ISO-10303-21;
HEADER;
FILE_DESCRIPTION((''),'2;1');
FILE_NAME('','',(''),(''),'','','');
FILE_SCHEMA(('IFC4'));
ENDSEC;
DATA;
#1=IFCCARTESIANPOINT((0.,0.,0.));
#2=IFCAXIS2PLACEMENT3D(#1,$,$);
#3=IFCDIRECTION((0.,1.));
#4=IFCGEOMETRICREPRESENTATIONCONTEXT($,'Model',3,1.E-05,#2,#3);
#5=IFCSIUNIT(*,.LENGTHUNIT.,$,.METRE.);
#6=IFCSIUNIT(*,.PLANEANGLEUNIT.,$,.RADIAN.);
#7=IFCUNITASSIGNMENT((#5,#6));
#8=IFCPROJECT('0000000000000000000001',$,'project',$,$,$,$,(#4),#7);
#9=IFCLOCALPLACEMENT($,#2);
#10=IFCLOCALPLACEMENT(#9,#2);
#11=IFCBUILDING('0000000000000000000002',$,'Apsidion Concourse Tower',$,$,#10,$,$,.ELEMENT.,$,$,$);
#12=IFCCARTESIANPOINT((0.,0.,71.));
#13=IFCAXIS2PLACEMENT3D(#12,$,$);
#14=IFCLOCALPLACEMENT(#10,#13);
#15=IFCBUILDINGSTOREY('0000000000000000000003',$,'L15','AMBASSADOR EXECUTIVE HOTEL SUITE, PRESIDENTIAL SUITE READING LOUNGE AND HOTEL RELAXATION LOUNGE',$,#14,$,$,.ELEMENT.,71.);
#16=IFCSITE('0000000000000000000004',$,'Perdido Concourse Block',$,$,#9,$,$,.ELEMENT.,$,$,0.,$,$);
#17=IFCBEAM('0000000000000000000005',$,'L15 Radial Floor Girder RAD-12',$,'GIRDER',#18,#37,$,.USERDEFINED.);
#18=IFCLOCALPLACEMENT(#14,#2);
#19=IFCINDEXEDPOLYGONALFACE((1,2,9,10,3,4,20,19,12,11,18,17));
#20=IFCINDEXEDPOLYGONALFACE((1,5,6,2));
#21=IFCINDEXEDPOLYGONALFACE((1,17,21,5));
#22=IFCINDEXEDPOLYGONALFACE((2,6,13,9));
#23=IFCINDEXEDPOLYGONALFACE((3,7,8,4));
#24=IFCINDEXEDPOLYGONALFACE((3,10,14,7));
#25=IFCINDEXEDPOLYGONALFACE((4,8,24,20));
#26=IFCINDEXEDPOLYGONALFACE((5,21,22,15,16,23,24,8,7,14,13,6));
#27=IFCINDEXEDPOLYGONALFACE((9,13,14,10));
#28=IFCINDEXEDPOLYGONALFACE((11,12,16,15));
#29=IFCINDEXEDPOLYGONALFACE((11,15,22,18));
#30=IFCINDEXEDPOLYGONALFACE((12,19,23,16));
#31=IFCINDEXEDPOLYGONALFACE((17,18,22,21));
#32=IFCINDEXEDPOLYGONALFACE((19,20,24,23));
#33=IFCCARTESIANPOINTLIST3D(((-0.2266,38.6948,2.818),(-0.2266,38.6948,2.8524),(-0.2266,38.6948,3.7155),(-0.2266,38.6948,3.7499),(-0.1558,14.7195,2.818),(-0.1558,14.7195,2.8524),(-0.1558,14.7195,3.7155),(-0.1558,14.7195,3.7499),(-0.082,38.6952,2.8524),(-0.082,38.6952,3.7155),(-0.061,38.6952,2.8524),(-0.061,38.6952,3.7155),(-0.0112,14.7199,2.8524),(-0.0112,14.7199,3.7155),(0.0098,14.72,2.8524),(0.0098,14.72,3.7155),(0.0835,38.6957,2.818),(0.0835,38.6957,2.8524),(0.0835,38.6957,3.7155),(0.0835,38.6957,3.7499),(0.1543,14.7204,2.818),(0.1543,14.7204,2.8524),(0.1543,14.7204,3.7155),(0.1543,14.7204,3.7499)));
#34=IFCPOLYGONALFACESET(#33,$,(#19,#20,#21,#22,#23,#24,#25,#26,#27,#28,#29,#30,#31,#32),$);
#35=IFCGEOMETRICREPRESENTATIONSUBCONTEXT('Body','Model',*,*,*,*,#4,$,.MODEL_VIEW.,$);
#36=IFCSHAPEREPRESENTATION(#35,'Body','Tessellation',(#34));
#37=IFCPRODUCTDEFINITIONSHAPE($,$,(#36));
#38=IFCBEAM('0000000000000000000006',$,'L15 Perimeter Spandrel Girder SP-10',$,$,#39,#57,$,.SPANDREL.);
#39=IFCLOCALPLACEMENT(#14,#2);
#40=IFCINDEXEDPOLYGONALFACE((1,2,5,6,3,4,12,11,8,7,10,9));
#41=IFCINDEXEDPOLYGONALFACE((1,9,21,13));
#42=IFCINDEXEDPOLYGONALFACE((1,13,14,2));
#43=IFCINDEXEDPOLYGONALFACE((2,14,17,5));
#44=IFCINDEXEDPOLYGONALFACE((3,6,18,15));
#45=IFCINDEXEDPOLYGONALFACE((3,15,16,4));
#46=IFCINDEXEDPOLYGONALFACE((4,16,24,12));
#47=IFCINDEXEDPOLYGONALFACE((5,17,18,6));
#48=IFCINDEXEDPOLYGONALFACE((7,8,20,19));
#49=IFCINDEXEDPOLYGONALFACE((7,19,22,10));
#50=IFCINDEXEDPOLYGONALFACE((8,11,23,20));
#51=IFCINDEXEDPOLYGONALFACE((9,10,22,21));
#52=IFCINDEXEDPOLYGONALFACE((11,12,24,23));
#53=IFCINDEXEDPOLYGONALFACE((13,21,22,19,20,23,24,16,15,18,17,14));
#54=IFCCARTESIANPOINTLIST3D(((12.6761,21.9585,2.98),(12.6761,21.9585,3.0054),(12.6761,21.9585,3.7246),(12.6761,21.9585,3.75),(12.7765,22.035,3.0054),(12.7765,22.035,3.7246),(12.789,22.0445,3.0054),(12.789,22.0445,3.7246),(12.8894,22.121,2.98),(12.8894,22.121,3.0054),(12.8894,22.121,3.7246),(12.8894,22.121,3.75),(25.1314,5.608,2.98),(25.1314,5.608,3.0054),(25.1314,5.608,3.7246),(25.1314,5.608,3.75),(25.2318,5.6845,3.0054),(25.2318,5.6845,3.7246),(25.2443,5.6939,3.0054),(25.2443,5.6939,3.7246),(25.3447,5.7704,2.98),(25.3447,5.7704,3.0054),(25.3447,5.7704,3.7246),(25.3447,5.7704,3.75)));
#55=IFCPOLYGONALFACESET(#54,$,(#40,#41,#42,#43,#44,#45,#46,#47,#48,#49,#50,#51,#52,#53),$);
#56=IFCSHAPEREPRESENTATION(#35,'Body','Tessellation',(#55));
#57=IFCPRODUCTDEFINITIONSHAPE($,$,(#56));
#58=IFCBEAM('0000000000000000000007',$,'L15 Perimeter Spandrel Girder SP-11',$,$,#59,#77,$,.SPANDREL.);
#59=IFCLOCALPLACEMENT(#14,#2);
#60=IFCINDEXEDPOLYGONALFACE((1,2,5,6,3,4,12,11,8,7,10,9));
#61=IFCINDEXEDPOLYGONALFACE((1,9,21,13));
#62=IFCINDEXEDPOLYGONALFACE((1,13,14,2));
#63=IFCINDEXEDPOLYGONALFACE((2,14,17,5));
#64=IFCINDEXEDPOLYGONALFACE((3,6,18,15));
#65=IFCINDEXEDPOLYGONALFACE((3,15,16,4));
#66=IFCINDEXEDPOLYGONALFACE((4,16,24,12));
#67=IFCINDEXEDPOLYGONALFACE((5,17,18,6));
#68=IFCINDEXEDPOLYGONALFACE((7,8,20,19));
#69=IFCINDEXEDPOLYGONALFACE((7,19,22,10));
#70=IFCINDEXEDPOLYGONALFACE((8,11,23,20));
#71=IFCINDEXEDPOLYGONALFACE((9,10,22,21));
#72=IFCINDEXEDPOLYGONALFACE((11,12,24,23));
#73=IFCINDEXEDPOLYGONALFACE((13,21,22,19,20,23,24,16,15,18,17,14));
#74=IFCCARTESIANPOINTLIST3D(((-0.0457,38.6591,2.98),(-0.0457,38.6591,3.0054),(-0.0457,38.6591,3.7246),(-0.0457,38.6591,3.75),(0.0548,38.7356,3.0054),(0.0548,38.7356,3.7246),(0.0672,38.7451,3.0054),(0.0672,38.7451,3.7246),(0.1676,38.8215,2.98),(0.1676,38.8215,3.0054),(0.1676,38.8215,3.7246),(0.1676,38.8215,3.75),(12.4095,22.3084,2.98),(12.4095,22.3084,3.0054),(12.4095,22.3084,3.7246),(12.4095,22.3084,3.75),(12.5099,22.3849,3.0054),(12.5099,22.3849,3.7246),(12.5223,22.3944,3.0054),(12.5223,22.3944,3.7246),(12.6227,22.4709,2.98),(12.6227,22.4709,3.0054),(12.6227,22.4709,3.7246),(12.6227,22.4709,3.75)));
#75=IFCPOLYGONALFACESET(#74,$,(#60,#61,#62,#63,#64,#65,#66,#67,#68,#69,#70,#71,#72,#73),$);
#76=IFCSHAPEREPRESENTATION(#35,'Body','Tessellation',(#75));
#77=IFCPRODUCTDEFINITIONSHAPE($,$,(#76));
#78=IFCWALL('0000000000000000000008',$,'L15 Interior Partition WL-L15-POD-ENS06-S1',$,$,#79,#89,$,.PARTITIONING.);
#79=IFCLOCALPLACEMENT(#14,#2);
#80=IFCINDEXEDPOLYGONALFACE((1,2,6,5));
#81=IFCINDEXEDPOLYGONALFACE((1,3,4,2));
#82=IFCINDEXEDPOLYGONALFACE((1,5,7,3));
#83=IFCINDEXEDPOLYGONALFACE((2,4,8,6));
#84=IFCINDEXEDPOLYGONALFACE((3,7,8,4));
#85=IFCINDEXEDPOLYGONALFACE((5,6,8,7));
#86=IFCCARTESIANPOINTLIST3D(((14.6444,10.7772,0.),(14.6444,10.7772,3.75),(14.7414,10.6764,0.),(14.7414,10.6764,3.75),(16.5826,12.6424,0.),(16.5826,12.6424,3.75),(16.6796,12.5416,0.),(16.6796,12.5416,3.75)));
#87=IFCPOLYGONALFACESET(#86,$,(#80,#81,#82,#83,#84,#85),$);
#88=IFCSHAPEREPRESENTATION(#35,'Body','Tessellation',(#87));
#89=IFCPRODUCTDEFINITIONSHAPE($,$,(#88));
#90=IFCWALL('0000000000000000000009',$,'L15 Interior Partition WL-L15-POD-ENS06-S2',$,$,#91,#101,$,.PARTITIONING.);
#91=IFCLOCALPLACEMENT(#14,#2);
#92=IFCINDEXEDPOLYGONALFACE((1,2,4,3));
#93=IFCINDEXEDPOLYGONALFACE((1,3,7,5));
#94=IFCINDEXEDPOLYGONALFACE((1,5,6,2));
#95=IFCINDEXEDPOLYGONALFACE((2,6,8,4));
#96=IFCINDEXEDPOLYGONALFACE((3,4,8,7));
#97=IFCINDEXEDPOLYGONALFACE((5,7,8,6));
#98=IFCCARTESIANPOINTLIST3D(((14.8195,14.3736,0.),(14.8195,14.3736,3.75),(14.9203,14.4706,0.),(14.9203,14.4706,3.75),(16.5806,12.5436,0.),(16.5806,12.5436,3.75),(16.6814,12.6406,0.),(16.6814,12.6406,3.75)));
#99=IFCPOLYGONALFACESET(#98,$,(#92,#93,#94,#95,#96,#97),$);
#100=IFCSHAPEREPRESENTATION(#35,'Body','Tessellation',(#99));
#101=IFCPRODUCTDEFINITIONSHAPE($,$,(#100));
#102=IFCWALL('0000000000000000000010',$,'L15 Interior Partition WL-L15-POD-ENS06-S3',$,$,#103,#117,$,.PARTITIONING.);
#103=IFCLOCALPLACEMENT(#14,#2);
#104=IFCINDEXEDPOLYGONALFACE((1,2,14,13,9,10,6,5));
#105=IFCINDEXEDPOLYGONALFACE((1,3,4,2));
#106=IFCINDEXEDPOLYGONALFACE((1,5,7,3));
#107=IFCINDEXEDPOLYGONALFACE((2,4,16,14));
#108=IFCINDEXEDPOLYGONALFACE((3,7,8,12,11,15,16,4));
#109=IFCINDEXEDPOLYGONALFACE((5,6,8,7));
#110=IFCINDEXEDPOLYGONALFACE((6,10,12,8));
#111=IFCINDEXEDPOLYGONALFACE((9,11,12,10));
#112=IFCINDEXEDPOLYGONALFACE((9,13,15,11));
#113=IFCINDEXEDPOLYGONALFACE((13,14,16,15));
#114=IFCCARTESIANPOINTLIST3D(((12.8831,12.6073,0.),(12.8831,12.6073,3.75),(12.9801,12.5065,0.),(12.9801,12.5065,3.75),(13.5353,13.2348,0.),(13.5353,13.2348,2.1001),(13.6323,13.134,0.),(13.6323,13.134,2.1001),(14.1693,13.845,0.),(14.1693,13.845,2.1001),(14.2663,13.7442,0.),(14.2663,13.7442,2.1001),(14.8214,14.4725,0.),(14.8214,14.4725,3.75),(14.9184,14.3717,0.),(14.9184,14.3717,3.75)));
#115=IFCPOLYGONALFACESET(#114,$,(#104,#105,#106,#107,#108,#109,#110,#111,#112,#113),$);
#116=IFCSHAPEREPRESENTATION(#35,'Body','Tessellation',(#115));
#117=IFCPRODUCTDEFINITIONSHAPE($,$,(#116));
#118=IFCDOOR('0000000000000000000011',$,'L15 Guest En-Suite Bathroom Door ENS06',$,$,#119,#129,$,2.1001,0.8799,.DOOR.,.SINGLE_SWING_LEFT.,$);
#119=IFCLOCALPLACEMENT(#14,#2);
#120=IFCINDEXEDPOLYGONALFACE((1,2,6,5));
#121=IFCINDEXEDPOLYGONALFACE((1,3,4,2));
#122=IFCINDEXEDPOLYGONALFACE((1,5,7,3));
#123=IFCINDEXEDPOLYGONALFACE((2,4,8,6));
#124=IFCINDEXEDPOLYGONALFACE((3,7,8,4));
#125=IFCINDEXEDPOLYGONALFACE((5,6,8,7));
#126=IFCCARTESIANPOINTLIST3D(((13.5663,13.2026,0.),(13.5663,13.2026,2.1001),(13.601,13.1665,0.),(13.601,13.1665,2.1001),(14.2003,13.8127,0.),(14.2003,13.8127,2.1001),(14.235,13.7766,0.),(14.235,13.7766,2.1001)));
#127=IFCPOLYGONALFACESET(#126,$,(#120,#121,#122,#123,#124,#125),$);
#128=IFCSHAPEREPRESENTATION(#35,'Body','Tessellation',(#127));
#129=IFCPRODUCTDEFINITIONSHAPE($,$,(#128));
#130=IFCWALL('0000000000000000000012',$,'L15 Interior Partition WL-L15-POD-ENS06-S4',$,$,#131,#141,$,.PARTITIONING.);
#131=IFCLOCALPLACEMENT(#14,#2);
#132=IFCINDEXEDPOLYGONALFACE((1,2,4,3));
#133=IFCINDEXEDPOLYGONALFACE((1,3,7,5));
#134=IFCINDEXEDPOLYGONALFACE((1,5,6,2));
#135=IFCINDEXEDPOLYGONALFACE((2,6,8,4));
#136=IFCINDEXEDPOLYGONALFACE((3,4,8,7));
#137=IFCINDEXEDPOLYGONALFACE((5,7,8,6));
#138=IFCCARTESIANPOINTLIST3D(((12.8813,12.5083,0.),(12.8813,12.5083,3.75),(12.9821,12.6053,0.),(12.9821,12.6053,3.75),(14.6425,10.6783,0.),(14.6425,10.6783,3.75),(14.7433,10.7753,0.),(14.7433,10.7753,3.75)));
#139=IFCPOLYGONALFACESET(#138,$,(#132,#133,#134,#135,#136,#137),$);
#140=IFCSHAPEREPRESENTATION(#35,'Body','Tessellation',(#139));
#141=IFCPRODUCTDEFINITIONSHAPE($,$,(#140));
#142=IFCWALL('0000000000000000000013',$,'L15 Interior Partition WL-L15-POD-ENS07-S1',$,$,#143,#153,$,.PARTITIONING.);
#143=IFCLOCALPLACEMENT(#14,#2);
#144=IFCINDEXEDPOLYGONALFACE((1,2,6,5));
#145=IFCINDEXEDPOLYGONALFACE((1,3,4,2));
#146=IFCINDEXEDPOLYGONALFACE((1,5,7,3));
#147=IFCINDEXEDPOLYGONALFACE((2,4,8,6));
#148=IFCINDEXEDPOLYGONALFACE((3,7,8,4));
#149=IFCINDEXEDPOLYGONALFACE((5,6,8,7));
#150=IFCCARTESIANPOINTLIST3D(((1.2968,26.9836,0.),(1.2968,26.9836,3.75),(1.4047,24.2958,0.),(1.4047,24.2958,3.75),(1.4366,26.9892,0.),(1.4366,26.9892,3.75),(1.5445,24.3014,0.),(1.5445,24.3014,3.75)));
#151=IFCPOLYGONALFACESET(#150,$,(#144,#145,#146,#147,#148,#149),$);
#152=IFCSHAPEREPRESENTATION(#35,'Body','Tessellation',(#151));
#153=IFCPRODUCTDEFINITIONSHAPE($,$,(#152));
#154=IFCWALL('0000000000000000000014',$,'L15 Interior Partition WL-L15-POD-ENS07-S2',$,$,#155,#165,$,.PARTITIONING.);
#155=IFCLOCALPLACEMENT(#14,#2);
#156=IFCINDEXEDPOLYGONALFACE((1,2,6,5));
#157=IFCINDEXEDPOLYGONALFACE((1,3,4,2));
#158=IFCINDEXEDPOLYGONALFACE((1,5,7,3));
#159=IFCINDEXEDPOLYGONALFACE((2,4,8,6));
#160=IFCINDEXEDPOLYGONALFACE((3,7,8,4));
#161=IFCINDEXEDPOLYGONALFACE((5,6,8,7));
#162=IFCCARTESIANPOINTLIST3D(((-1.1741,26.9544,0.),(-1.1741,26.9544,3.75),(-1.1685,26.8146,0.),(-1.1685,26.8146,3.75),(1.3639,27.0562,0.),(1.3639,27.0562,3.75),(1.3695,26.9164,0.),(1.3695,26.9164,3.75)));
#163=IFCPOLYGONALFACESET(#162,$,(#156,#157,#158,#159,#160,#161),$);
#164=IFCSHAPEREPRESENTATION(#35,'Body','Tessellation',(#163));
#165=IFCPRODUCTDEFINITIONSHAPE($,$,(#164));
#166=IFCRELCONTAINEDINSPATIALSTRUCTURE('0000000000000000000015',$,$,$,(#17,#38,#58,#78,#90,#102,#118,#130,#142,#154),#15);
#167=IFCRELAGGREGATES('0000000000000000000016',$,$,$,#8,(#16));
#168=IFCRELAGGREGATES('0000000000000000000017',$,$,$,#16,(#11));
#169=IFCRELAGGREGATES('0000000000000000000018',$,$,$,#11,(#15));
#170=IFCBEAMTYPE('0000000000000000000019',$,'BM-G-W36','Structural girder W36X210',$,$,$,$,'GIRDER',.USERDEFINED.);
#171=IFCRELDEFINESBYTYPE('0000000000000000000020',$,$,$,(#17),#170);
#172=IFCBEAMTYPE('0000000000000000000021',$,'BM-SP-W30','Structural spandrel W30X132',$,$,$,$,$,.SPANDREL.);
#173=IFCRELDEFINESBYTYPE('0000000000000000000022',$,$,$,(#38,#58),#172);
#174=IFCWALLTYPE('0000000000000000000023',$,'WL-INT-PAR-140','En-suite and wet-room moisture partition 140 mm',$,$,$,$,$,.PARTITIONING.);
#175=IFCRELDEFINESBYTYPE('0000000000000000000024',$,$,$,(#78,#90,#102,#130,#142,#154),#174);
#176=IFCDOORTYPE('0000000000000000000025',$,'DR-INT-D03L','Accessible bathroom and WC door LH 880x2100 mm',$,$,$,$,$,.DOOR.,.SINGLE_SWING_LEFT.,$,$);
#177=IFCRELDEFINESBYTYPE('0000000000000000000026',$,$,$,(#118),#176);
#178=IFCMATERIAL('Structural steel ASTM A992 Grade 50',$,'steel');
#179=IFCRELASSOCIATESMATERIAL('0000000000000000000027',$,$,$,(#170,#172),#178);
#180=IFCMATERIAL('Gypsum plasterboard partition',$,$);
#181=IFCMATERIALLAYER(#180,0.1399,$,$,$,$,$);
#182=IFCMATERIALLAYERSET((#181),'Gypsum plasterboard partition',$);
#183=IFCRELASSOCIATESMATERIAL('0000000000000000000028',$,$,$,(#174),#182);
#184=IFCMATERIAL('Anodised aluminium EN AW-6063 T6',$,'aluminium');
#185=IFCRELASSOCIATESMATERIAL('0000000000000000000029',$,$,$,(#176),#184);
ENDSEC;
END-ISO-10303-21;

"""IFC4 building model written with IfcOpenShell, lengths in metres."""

from ifc_helpers import new_model, si_unit, direction, frame, frame_2d, origin, origin_2d, place, context, subcontext, project, spatial, rectangle, i_section, extrude, material, layer, layer_set, material_profile, profile_set, type_object, element, fill, save


model = new_model("IFC4")

# Units and contexts
model_context = context("Model", 3, precision=1e-05, world=origin(), true_north=direction((0.0, 1.0)))
body_context = subcontext(model_context, "Body", "Model", "MODEL_VIEW")
ifc_project = project(units=[si_unit("LENGTHUNIT", "METRE"), si_unit("PLANEANGLEUNIT", "RADIAN")], contexts=[model_context])

# Site, building, storey
site_placement = place(None, origin())
site = spatial("IfcSite", under=ifc_project, at=site_placement, Name="Perdido Concourse Block", CompositionType="ELEMENT", RefElevation=0.0)
building_placement = place(site_placement, origin())
building = spatial("IfcBuilding", under=site, at=building_placement, Name="Apsidion Concourse Tower", CompositionType="ELEMENT")
storey_placement = place(building_placement, frame((0.0, 0.0, 71.0)))
storey = spatial("IfcBuildingStorey", under=building, at=storey_placement, Name="L15", Description="AMBASSADOR EXECUTIVE HOTEL SUITE, PRESIDENTIAL SUITE READING LOUNGE AND HOTEL RELAXATION LOUNGE", CompositionType="ELEMENT", Elevation=71.0)

# Beams
ifc_material_1 = material(Name="Structural steel ASTM A992 Grade 50", Category="steel")
ifc_material_profile_1 = material_profile(ifc_material_1, i_section(OverallWidth=0.3101, OverallDepth=0.9319, WebThickness=0.021, FlangeThickness=0.0344, at=origin_2d()), Name="W36X210")
ifc_profile_set_1 = profile_set([ifc_material_profile_1], Name="Structural steel ASTM A992 Grade 50")
beam_type_1 = type_object("IfcBeamType", Name="BM-G-W36", Description="Structural girder W36X210", ElementType="GIRDER", PredefinedType="USERDEFINED", material=ifc_profile_set_1)
beam_1_placement = place(storey_placement, frame((-0.0007, 14.72, 3.2839), z_axis=(-0.002953, 0.999996, 0.0), x_axis=(-0.999996, -0.002953, 0.0)))
element("IfcBeam", 1, at=beam_1_placement, inside=storey, type_object=beam_type_1, Name="L15 Radial Floor Girder RAD-12", ObjectType="GIRDER", PredefinedType="USERDEFINED", context=body_context, shape_type="SweptSolid", body=[
    extrude(i_section(OverallWidth=0.3101, OverallDepth=0.9319, WebThickness=0.021, FlangeThickness=0.0344, at=origin_2d()), origin(), (0.0, 0.0, 1.0), 23.9753),
])
ifc_material_profile_2 = material_profile(ifc_material_1, i_section(OverallWidth=0.2681, OverallDepth=0.77, WebThickness=0.0156, FlangeThickness=0.0254, at=origin_2d()), Name="W30X132")
ifc_profile_set_2 = profile_set([ifc_material_profile_2], Name="Structural steel ASTM A992 Grade 50")
beam_type_2 = type_object("IfcBeamType", Name="BM-SP-W30", Description="Structural spandrel W30X132", PredefinedType="SPANDREL", material=ifc_profile_set_2)
for number, where, z_axis, x_axis, name in (
    (2, (25.238, 5.6892, 3.365), (-0.605973, 0.795485, 0.0), (-0.795485, -0.605973, 0.0), "L15 Perimeter Spandrel Girder SP-10"),
    (3, (12.5161, 22.3896, 3.365), (-0.605966, 0.795491, 0.0), (-0.795491, -0.605966, 0.0), "L15 Perimeter Spandrel Girder SP-11"),
):
    element("IfcBeam", number, at=place(storey_placement, frame(where, z_axis=z_axis, x_axis=x_axis)), inside=storey, type_object=beam_type_2, Name=name, PredefinedType="SPANDREL", context=body_context, shape_type="SweptSolid", body=[
        extrude(i_section(OverallWidth=0.2681, OverallDepth=0.77, WebThickness=0.0156, FlangeThickness=0.0254, at=origin_2d()), origin(), (0.0, 0.0, 1.0), 20.5542),
    ])

# Walls
ifc_material_2 = material(Name="Gypsum plasterboard partition")
ifc_layer_1 = layer(ifc_material_2, 0.1399)
ifc_layer_set_1 = layer_set([ifc_layer_1], Name="Gypsum plasterboard partition")
wall_type_1 = type_object("IfcWallType", Name="WL-INT-PAR-140", Description="En-suite and wet-room moisture partition 140 mm", PredefinedType="PARTITIONING", material=ifc_layer_set_1)
wall_1_placement = place(storey_placement, frame((14.6929, 10.7268, 0.0), z_axis=(0.0, 0.0, 1.0), x_axis=(0.720545, 0.693408, 0.0)))
element("IfcWall", 4, at=wall_1_placement, inside=storey, type_object=wall_type_1, Name="L15 Interior Partition WL-L15-POD-ENS06-S1", PredefinedType="PARTITIONING", context=body_context, shape_type="SweptSolid", body=[
    extrude(rectangle(XDim=2.6899, YDim=0.1399, at=frame_2d((1.345, 0.0))), origin(), (0.0, 0.0, 1.0), 3.75),
])
wall_2_placement = place(storey_placement, frame((16.6311, 12.592, 0.0), z_axis=(0.0, 0.0, 1.0), x_axis=(-0.693424, 0.72053, 0.0)))
element("IfcWall", 5, at=wall_2_placement, inside=storey, type_object=wall_type_1, Name="L15 Interior Partition WL-L15-POD-ENS06-S2", PredefinedType="PARTITIONING", context=body_context, shape_type="SweptSolid", body=[
    extrude(rectangle(XDim=2.5398, YDim=0.1399, at=frame_2d((1.27, 0.0))), origin(), (0.0, 0.0, 1.0), 3.75),
])

# Wall, opening, door
wall_3_placement = place(storey_placement, frame((14.8699, 14.4221, 0.0), z_axis=(0.0, 0.0, 1.0), x_axis=(-0.720545, -0.693408, 0.0)))
wall_3 = element("IfcWall", 6, at=wall_3_placement, inside=storey, type_object=wall_type_1, Name="L15 Interior Partition WL-L15-POD-ENS06-S3", PredefinedType="PARTITIONING", context=body_context, shape_type="SweptSolid", body=[
    extrude(rectangle(XDim=2.6899, YDim=0.1399, at=frame_2d((1.345, 0.0))), origin(), (0.0, 0.0, 1.0), 3.75),
])
opening_1_placement = place(wall_3_placement, frame((0.905, 0.0, 0.0)))
opening_1 = element("IfcOpeningElement", 7, at=opening_1_placement, cuts=wall_3, PredefinedType="OPENING", context=body_context, shape_type="SweptSolid", body=[
    extrude(rectangle(XDim=0.8799, YDim=2.1001, at=frame_2d((0.4399, 1.05))), frame((0.0, 0.0801, 0.0), z_axis=(0.0, -1.0, 0.0), x_axis=(1.0, 0.0, 0.0)), (0.0, 0.0, 1.0), 0.1599),
])
ifc_material_3 = material(Name="Anodised aluminium EN AW-6063 T6", Category="aluminium")
door_type_1 = type_object("IfcDoorType", Name="DR-INT-D03L", Description="Accessible bathroom and WC door LH 880x2100 mm", OperationType="SINGLE_SWING_LEFT", PredefinedType="DOOR", material=ifc_material_3)
door_1_placement = place(opening_1_placement, origin())
door_1 = element("IfcDoor", 8, at=door_1_placement, inside=storey, type_object=door_type_1, Name="L15 Guest En-Suite Bathroom Door ENS06", OperationType="SINGLE_SWING_LEFT", OverallHeight=2.1001, OverallWidth=0.8799, PredefinedType="DOOR", context=body_context, shape_type="SweptSolid", body=[
    extrude(rectangle(XDim=0.8799, YDim=2.1001, at=frame_2d((0.4399, 1.05))), frame((0.0, 0.0249, 0.0), z_axis=(0.0, -1.0, 0.0), x_axis=(1.0, 0.0, 0.0)), (0.0, 0.0, 1.0), 0.05),
])
fill(opening_1, door_1)

# Walls
wall_4_placement = place(storey_placement, frame((12.9316, 12.5569, 0.0), z_axis=(0.0, 0.0, 1.0), x_axis=(0.693424, -0.72053, 0.0)))
element("IfcWall", 9, at=wall_4_placement, inside=storey, type_object=wall_type_1, Name="L15 Interior Partition WL-L15-POD-ENS06-S4", PredefinedType="PARTITIONING", context=body_context, shape_type="SweptSolid", body=[
    extrude(rectangle(XDim=2.5398, YDim=0.1399, at=frame_2d((1.27, 0.0))), origin(), (0.0, 0.0, 1.0), 3.75),
])
wall_5_placement = place(storey_placement, frame((1.4746, 24.2986, 0.0), z_axis=(0.0, 0.0, 1.0), x_axis=(-0.040117, 0.999195, 0.0)))
element("IfcWall", 10, at=wall_5_placement, inside=storey, type_object=wall_type_1, Name="L15 Interior Partition WL-L15-POD-ENS07-S1", PredefinedType="PARTITIONING", context=body_context, shape_type="SweptSolid", body=[
    extrude(rectangle(XDim=2.6899, YDim=0.1399, at=frame_2d((1.345, 0.0))), origin(), (0.0, 0.0, 1.0), 3.75),
])
wall_6_placement = place(storey_placement, frame((1.3667, 26.9863, 0.0), z_axis=(0.0, 0.0, 1.0), x_axis=(-0.999196, -0.040079, 0.0)))
element("IfcWall", 11, at=wall_6_placement, inside=storey, type_object=wall_type_1, Name="L15 Interior Partition WL-L15-POD-ENS07-S2", PredefinedType="PARTITIONING", context=body_context, shape_type="SweptSolid", body=[
    extrude(rectangle(XDim=2.54, YDim=0.1399, at=frame_2d((1.27, 0.0))), origin(), (0.0, 0.0, 1.0), 3.75),
])

save(model, "model.ifc")
